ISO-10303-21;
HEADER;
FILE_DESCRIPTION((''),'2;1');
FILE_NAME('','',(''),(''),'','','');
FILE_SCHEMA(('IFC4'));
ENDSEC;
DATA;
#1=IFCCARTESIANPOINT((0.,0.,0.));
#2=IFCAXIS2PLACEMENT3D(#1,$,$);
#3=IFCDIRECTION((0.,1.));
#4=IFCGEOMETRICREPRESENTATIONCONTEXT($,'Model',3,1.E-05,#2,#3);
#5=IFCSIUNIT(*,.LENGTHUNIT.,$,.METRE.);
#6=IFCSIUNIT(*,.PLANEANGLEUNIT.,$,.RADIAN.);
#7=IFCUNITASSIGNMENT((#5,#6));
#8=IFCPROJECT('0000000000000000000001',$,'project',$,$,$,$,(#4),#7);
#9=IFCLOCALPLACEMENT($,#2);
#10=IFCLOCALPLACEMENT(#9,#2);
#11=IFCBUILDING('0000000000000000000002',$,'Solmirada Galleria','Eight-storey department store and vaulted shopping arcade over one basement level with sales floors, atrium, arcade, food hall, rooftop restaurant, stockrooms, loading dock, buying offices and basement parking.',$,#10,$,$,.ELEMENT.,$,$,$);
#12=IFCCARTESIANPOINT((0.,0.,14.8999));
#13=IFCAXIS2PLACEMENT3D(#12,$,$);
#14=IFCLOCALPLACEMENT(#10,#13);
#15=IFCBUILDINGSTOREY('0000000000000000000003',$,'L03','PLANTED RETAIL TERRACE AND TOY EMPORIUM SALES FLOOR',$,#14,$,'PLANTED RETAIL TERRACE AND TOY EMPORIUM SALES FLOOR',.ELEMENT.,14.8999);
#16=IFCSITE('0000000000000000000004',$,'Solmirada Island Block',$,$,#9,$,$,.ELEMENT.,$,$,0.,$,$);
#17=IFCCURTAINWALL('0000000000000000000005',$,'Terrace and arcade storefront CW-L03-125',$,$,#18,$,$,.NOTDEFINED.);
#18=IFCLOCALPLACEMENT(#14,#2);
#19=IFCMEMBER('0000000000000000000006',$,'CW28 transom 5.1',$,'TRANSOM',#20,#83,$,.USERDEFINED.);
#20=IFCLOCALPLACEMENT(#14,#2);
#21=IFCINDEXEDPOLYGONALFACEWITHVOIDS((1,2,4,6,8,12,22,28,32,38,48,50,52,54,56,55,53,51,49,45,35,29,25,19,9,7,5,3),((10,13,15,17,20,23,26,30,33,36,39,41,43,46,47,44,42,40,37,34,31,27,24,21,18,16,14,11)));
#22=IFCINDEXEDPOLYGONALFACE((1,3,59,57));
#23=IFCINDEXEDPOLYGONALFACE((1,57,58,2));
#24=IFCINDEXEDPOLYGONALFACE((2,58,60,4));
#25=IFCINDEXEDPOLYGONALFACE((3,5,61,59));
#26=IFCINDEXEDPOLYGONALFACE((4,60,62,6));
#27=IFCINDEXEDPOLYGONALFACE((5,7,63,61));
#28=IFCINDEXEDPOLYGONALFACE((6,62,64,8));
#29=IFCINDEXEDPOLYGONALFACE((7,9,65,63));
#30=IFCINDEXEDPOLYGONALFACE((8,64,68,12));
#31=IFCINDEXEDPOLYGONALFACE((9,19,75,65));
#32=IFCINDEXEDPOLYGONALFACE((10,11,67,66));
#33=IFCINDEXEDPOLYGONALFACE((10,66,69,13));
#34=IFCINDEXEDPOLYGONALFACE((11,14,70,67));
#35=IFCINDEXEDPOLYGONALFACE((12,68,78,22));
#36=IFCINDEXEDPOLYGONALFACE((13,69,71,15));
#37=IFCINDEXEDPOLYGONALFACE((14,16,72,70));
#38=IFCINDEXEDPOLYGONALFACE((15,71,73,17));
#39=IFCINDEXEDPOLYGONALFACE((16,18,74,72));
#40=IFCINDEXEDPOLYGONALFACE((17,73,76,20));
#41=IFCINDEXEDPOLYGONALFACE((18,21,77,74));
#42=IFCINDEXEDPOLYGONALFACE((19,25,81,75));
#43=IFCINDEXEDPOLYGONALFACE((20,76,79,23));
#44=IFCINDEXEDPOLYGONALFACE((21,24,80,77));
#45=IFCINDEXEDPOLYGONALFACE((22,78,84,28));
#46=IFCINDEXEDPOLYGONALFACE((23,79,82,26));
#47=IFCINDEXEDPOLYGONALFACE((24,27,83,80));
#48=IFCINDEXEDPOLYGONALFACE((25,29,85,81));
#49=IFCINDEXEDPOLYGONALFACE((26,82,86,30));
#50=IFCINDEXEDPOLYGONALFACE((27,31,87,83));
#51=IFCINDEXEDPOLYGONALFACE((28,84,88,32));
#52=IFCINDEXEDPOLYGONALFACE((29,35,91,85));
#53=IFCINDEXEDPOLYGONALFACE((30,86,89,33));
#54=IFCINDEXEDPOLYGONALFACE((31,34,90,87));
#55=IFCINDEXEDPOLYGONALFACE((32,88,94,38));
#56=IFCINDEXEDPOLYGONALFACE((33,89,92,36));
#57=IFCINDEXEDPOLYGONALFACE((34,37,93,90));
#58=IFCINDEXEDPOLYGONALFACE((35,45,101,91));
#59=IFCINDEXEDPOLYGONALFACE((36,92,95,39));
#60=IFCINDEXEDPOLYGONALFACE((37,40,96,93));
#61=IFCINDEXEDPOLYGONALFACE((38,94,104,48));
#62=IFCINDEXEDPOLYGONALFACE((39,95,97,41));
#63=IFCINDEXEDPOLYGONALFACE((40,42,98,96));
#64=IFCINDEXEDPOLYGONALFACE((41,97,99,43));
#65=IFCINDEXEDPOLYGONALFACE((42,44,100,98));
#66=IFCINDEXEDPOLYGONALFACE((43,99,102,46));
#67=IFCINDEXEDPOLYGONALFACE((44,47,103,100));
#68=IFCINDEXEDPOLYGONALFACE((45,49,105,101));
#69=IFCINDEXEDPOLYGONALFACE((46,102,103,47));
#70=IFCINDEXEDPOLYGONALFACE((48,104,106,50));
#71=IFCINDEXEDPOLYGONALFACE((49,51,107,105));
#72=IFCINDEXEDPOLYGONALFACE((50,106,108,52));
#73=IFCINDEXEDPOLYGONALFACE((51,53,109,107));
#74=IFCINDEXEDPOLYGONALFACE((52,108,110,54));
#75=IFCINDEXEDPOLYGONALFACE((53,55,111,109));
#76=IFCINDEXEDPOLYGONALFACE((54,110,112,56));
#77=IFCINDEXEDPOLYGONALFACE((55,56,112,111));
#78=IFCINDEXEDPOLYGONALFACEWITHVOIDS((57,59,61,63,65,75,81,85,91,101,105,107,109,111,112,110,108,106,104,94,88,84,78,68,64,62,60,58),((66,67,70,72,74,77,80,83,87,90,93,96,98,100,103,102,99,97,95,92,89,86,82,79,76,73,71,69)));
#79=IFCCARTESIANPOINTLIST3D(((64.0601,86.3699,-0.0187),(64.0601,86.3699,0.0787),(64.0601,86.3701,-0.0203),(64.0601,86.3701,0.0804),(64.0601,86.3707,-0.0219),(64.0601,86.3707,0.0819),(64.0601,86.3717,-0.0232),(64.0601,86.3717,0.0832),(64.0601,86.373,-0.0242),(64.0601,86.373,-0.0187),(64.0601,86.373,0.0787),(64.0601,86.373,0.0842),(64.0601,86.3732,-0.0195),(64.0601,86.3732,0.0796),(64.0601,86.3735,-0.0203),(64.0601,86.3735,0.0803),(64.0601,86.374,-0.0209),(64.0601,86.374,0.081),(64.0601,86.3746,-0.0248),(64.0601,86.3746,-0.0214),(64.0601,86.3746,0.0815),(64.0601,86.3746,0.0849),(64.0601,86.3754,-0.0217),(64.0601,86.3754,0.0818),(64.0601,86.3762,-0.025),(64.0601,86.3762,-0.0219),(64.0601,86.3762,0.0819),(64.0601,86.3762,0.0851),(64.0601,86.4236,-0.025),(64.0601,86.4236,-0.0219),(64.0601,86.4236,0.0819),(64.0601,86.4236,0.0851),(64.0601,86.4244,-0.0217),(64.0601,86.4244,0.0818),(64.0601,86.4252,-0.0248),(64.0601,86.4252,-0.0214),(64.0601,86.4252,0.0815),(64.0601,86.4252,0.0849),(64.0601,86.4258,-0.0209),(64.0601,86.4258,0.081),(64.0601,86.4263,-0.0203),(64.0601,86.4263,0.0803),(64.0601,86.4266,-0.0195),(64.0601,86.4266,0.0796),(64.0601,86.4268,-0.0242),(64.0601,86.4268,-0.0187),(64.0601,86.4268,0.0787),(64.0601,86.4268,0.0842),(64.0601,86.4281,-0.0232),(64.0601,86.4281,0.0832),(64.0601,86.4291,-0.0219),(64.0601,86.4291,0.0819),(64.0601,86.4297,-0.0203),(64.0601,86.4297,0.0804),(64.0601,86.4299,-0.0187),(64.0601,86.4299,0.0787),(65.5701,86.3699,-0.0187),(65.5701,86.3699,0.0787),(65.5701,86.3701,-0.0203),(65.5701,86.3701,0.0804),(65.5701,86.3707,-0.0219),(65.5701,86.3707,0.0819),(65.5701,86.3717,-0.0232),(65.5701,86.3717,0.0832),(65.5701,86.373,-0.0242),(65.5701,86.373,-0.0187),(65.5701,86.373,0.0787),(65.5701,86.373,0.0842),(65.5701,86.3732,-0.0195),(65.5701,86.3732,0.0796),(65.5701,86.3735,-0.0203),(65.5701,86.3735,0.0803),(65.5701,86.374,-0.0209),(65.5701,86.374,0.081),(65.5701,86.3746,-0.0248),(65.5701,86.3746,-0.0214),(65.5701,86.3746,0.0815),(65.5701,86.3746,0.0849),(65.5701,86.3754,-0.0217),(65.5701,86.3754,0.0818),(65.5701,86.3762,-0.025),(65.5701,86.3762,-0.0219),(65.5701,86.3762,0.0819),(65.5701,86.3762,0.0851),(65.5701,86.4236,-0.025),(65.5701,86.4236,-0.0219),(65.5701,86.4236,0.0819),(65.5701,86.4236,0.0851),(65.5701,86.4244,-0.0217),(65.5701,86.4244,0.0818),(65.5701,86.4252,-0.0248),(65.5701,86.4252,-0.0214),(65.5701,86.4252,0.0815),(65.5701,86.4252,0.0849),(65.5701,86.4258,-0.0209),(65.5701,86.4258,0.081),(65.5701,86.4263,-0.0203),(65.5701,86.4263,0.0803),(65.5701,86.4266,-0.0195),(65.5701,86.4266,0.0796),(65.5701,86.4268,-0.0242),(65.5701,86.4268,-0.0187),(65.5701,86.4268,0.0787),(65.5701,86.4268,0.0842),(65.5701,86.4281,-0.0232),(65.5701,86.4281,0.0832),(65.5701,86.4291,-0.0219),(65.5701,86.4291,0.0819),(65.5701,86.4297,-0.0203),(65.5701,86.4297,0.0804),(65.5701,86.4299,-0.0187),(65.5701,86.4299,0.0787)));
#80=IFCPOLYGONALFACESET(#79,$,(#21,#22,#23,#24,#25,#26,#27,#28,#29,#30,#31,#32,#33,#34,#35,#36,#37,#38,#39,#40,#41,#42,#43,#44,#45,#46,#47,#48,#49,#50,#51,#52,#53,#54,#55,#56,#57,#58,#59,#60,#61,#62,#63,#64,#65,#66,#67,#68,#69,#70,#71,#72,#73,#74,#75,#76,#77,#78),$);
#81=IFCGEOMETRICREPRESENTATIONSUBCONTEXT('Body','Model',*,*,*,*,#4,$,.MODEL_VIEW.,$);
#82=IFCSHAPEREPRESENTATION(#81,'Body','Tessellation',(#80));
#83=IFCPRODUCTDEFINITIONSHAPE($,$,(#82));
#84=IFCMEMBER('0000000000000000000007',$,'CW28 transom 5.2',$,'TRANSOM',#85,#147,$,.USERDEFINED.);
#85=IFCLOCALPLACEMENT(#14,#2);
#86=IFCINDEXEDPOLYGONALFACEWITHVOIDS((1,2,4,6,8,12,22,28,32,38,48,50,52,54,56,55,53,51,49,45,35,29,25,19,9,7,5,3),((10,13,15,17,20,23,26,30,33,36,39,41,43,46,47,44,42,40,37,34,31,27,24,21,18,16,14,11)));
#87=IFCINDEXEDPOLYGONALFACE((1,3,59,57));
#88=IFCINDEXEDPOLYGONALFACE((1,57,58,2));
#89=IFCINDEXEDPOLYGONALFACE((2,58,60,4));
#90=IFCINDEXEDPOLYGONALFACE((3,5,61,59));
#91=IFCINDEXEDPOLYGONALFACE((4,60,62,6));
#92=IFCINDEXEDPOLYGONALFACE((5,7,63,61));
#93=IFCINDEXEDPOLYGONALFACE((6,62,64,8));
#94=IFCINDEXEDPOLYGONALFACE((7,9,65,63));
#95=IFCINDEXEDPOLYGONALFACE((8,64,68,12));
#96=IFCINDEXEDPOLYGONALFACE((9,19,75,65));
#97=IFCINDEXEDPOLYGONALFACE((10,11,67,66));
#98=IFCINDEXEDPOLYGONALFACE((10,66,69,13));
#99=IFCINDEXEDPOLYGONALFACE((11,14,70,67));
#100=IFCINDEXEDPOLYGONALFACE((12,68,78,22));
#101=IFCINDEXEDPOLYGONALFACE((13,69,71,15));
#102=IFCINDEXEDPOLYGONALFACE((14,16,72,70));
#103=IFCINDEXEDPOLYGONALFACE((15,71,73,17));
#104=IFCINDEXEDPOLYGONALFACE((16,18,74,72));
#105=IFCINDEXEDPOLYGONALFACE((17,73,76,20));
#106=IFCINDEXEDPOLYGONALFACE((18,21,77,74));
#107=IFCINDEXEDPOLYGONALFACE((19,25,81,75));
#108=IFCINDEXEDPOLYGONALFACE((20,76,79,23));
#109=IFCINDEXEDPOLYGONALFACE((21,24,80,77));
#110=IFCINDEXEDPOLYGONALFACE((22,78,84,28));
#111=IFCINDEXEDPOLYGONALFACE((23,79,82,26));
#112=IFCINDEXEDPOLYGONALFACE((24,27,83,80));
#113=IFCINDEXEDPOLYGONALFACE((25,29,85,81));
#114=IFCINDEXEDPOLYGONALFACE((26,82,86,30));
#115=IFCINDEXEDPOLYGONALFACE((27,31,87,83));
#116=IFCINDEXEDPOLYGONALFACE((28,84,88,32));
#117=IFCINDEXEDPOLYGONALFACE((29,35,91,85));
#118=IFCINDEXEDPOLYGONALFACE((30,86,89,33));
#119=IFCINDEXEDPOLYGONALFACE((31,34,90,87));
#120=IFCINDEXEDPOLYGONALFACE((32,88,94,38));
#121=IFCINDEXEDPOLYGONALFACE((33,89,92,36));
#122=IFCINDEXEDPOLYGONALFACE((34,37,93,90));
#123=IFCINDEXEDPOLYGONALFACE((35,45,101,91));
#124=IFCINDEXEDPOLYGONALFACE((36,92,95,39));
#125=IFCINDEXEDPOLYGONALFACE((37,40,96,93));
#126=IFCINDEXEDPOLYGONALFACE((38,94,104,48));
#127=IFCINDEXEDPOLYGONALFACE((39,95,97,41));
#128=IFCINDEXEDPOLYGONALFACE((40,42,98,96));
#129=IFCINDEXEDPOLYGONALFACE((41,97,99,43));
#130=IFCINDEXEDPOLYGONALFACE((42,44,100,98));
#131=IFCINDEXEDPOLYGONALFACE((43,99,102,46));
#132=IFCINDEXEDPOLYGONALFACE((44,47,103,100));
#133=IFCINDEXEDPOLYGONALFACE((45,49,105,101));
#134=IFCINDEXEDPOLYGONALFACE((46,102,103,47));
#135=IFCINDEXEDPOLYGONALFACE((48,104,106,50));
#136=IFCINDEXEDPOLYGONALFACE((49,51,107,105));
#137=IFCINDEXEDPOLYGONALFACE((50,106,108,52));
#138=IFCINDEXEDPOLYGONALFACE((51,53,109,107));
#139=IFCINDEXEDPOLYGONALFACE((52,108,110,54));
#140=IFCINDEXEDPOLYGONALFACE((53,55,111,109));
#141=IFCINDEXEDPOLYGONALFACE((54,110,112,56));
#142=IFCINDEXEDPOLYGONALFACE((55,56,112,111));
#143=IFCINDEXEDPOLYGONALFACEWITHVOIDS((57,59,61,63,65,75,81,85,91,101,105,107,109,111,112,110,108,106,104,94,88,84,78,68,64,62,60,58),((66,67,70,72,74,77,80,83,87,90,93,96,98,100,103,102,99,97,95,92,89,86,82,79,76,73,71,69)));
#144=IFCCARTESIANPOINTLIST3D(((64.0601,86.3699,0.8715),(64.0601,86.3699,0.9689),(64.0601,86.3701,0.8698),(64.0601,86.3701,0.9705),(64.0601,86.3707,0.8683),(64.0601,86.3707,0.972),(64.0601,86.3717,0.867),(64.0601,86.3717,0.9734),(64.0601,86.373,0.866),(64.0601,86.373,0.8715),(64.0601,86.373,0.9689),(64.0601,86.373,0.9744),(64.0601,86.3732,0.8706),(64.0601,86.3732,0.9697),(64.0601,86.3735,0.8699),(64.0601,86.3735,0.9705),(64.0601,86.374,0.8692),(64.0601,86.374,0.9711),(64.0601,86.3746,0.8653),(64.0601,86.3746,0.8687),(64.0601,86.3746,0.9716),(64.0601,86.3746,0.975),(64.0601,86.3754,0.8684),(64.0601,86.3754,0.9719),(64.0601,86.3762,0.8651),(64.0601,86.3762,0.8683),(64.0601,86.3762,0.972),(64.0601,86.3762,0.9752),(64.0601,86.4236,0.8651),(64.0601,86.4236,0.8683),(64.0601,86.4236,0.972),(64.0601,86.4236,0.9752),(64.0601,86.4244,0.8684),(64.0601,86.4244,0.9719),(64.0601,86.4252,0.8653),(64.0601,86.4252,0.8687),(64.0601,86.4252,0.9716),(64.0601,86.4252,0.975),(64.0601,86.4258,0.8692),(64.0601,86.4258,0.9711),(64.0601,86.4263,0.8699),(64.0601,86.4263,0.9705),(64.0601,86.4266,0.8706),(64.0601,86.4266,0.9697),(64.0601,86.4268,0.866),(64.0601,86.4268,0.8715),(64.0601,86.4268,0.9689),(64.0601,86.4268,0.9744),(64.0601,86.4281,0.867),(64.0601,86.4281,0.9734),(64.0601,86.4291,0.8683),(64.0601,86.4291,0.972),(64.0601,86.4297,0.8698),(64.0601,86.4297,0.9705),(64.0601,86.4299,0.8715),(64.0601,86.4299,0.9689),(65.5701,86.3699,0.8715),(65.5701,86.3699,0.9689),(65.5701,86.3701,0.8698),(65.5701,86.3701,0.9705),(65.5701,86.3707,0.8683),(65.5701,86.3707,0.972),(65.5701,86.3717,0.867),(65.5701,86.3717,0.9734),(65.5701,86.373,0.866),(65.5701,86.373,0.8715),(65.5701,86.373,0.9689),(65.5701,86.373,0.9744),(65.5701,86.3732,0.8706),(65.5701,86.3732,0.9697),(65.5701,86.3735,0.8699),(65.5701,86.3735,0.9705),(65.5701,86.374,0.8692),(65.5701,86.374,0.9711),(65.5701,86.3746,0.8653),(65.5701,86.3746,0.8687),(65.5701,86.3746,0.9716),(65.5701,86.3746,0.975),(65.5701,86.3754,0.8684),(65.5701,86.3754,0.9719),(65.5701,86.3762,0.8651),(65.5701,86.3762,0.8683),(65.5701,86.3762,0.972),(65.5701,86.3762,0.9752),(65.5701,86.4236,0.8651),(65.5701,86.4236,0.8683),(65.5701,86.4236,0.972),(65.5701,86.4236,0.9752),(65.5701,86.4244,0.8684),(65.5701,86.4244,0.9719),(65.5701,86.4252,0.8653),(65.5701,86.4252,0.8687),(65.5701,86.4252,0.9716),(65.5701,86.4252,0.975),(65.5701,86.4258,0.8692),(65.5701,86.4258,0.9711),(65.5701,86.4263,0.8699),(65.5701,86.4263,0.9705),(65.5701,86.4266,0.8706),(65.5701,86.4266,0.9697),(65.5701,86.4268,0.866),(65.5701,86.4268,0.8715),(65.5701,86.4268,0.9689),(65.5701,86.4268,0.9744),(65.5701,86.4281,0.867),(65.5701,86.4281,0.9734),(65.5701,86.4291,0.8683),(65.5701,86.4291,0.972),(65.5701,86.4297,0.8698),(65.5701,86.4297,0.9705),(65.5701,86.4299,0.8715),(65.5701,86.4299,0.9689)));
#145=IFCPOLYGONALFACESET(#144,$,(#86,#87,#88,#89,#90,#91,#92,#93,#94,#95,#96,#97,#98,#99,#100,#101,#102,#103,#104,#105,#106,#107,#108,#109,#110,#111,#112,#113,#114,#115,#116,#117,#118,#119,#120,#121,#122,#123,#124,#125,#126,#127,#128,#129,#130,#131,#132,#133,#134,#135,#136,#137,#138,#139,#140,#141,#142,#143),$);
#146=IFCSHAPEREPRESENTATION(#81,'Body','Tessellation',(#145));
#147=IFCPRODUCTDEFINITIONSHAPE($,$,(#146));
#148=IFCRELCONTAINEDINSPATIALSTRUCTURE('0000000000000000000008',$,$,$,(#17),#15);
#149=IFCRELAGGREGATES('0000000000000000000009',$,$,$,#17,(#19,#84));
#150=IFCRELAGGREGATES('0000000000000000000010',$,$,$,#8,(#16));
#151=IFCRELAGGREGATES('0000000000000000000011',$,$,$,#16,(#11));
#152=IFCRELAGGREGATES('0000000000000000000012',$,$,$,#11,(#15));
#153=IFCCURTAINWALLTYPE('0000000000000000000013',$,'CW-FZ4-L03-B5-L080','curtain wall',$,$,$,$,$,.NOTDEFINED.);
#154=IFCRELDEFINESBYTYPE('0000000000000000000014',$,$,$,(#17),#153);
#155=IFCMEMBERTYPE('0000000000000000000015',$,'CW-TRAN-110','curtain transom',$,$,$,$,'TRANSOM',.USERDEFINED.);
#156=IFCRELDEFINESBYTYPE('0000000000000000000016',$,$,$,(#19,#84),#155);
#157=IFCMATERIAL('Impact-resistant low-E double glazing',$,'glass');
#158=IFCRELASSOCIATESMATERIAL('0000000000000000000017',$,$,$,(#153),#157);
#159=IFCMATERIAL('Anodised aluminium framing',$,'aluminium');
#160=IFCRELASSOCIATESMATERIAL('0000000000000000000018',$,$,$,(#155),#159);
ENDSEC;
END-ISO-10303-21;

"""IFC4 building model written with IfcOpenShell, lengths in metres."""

from ifc_helpers import new_model, si_unit, direction, frame, origin, origin_2d, place, context, subcontext, project, spatial, hollow_rectangle, extrude, material, material_profile, profile_set, type_object, element, aggregate, save


model = new_model("IFC4")

# Units and contexts
model_context = context("Model", 3, precision=1e-05, world=origin(), true_north=direction((0.0, 1.0)))
body_context = subcontext(model_context, "Body", "Model", "MODEL_VIEW")
ifc_project = project(units=[si_unit("LENGTHUNIT", "METRE"), si_unit("PLANEANGLEUNIT", "RADIAN")], contexts=[model_context])

# Site, building, storey
site_placement = place(None, origin())
site = spatial("IfcSite", under=ifc_project, at=site_placement, Name="Solmirada Island Block", CompositionType="ELEMENT", RefElevation=0.0)
building_placement = place(site_placement, origin())
building = spatial("IfcBuilding", under=site, at=building_placement, Name="Solmirada Galleria", Description="Eight-storey department store and vaulted shopping arcade over one basement level with sales floors, atrium, arcade, food hall, rooftop restaurant, stockrooms, loading dock, buying offices and basement parking.", CompositionType="ELEMENT")
storey_placement = place(building_placement, frame((0.0, 0.0, 14.8999)))
storey = spatial("IfcBuildingStorey", under=building, at=storey_placement, Name="L03", Description="PLANTED RETAIL TERRACE AND TOY EMPORIUM SALES FLOOR", LongName="PLANTED RETAIL TERRACE AND TOY EMPORIUM SALES FLOOR", CompositionType="ELEMENT", Elevation=14.8999)

# Curtain wall, members
ifc_material_1 = material(Name="Impact-resistant low-E double glazing", Category="glass")
curtain_wall_type = type_object("IfcCurtainWallType", Name="CW-FZ4-L03-B5-L080", Description="curtain wall", PredefinedType="NOTDEFINED", material=ifc_material_1)
curtain_wall_placement = place(storey_placement, origin())
curtain_wall = element("IfcCurtainWall", 1, at=curtain_wall_placement, inside=storey, type_object=curtain_wall_type, Name="Terrace and arcade storefront CW-L03-125", PredefinedType="NOTDEFINED")
ifc_material_2 = material(Name="Anodised aluminium framing", Category="aluminium")
ifc_material_profile_1 = material_profile(ifc_material_2, hollow_rectangle(XDim=0.0601, YDim=0.1101, WallThickness=0.0032, InnerFilletRadius=0.0032, OuterFilletRadius=0.0063, at=origin_2d()), Name="ALU-TRAN-110X60")
ifc_profile_set_1 = profile_set([ifc_material_profile_1], Name="Anodised aluminium framing")
member_type_1 = type_object("IfcMemberType", Name="CW-TRAN-110", Description="curtain transom", ElementType="TRANSOM", PredefinedType="USERDEFINED", material=ifc_profile_set_1)
member_1_placement = place(storey_placement, frame((65.5701, 86.3999, 0.03), z_axis=(-1.0, 0.0, 0.0), x_axis=(0.0, -1.0, 0.0)))
member_1 = element("IfcMember", 2, at=member_1_placement, type_object=member_type_1, Name="CW28 transom 5.1", ObjectType="TRANSOM", PredefinedType="USERDEFINED", context=body_context, shape_type="SweptSolid", body=[
    extrude(hollow_rectangle(XDim=0.0601, YDim=0.1101, WallThickness=0.0032, InnerFilletRadius=0.0032, OuterFilletRadius=0.0063, at=origin_2d()), origin(), (0.0, 0.0, 1.0), 1.51),
])
member_2_placement = place(storey_placement, frame((65.5701, 86.3999, 0.9202), z_axis=(-1.0, 0.0, 0.0), x_axis=(0.0, -1.0, 0.0)))
member_2 = element("IfcMember", 3, at=member_2_placement, type_object=member_type_1, Name="CW28 transom 5.2", ObjectType="TRANSOM", PredefinedType="USERDEFINED", context=body_context, shape_type="SweptSolid", body=[
    extrude(hollow_rectangle(XDim=0.0601, YDim=0.1101, WallThickness=0.0032, InnerFilletRadius=0.0032, OuterFilletRadius=0.0063, at=origin_2d()), origin(), (0.0, 0.0, 1.0), 1.51),
])
aggregate(curtain_wall, [member_1, member_2])

save(model, "model.ifc")
